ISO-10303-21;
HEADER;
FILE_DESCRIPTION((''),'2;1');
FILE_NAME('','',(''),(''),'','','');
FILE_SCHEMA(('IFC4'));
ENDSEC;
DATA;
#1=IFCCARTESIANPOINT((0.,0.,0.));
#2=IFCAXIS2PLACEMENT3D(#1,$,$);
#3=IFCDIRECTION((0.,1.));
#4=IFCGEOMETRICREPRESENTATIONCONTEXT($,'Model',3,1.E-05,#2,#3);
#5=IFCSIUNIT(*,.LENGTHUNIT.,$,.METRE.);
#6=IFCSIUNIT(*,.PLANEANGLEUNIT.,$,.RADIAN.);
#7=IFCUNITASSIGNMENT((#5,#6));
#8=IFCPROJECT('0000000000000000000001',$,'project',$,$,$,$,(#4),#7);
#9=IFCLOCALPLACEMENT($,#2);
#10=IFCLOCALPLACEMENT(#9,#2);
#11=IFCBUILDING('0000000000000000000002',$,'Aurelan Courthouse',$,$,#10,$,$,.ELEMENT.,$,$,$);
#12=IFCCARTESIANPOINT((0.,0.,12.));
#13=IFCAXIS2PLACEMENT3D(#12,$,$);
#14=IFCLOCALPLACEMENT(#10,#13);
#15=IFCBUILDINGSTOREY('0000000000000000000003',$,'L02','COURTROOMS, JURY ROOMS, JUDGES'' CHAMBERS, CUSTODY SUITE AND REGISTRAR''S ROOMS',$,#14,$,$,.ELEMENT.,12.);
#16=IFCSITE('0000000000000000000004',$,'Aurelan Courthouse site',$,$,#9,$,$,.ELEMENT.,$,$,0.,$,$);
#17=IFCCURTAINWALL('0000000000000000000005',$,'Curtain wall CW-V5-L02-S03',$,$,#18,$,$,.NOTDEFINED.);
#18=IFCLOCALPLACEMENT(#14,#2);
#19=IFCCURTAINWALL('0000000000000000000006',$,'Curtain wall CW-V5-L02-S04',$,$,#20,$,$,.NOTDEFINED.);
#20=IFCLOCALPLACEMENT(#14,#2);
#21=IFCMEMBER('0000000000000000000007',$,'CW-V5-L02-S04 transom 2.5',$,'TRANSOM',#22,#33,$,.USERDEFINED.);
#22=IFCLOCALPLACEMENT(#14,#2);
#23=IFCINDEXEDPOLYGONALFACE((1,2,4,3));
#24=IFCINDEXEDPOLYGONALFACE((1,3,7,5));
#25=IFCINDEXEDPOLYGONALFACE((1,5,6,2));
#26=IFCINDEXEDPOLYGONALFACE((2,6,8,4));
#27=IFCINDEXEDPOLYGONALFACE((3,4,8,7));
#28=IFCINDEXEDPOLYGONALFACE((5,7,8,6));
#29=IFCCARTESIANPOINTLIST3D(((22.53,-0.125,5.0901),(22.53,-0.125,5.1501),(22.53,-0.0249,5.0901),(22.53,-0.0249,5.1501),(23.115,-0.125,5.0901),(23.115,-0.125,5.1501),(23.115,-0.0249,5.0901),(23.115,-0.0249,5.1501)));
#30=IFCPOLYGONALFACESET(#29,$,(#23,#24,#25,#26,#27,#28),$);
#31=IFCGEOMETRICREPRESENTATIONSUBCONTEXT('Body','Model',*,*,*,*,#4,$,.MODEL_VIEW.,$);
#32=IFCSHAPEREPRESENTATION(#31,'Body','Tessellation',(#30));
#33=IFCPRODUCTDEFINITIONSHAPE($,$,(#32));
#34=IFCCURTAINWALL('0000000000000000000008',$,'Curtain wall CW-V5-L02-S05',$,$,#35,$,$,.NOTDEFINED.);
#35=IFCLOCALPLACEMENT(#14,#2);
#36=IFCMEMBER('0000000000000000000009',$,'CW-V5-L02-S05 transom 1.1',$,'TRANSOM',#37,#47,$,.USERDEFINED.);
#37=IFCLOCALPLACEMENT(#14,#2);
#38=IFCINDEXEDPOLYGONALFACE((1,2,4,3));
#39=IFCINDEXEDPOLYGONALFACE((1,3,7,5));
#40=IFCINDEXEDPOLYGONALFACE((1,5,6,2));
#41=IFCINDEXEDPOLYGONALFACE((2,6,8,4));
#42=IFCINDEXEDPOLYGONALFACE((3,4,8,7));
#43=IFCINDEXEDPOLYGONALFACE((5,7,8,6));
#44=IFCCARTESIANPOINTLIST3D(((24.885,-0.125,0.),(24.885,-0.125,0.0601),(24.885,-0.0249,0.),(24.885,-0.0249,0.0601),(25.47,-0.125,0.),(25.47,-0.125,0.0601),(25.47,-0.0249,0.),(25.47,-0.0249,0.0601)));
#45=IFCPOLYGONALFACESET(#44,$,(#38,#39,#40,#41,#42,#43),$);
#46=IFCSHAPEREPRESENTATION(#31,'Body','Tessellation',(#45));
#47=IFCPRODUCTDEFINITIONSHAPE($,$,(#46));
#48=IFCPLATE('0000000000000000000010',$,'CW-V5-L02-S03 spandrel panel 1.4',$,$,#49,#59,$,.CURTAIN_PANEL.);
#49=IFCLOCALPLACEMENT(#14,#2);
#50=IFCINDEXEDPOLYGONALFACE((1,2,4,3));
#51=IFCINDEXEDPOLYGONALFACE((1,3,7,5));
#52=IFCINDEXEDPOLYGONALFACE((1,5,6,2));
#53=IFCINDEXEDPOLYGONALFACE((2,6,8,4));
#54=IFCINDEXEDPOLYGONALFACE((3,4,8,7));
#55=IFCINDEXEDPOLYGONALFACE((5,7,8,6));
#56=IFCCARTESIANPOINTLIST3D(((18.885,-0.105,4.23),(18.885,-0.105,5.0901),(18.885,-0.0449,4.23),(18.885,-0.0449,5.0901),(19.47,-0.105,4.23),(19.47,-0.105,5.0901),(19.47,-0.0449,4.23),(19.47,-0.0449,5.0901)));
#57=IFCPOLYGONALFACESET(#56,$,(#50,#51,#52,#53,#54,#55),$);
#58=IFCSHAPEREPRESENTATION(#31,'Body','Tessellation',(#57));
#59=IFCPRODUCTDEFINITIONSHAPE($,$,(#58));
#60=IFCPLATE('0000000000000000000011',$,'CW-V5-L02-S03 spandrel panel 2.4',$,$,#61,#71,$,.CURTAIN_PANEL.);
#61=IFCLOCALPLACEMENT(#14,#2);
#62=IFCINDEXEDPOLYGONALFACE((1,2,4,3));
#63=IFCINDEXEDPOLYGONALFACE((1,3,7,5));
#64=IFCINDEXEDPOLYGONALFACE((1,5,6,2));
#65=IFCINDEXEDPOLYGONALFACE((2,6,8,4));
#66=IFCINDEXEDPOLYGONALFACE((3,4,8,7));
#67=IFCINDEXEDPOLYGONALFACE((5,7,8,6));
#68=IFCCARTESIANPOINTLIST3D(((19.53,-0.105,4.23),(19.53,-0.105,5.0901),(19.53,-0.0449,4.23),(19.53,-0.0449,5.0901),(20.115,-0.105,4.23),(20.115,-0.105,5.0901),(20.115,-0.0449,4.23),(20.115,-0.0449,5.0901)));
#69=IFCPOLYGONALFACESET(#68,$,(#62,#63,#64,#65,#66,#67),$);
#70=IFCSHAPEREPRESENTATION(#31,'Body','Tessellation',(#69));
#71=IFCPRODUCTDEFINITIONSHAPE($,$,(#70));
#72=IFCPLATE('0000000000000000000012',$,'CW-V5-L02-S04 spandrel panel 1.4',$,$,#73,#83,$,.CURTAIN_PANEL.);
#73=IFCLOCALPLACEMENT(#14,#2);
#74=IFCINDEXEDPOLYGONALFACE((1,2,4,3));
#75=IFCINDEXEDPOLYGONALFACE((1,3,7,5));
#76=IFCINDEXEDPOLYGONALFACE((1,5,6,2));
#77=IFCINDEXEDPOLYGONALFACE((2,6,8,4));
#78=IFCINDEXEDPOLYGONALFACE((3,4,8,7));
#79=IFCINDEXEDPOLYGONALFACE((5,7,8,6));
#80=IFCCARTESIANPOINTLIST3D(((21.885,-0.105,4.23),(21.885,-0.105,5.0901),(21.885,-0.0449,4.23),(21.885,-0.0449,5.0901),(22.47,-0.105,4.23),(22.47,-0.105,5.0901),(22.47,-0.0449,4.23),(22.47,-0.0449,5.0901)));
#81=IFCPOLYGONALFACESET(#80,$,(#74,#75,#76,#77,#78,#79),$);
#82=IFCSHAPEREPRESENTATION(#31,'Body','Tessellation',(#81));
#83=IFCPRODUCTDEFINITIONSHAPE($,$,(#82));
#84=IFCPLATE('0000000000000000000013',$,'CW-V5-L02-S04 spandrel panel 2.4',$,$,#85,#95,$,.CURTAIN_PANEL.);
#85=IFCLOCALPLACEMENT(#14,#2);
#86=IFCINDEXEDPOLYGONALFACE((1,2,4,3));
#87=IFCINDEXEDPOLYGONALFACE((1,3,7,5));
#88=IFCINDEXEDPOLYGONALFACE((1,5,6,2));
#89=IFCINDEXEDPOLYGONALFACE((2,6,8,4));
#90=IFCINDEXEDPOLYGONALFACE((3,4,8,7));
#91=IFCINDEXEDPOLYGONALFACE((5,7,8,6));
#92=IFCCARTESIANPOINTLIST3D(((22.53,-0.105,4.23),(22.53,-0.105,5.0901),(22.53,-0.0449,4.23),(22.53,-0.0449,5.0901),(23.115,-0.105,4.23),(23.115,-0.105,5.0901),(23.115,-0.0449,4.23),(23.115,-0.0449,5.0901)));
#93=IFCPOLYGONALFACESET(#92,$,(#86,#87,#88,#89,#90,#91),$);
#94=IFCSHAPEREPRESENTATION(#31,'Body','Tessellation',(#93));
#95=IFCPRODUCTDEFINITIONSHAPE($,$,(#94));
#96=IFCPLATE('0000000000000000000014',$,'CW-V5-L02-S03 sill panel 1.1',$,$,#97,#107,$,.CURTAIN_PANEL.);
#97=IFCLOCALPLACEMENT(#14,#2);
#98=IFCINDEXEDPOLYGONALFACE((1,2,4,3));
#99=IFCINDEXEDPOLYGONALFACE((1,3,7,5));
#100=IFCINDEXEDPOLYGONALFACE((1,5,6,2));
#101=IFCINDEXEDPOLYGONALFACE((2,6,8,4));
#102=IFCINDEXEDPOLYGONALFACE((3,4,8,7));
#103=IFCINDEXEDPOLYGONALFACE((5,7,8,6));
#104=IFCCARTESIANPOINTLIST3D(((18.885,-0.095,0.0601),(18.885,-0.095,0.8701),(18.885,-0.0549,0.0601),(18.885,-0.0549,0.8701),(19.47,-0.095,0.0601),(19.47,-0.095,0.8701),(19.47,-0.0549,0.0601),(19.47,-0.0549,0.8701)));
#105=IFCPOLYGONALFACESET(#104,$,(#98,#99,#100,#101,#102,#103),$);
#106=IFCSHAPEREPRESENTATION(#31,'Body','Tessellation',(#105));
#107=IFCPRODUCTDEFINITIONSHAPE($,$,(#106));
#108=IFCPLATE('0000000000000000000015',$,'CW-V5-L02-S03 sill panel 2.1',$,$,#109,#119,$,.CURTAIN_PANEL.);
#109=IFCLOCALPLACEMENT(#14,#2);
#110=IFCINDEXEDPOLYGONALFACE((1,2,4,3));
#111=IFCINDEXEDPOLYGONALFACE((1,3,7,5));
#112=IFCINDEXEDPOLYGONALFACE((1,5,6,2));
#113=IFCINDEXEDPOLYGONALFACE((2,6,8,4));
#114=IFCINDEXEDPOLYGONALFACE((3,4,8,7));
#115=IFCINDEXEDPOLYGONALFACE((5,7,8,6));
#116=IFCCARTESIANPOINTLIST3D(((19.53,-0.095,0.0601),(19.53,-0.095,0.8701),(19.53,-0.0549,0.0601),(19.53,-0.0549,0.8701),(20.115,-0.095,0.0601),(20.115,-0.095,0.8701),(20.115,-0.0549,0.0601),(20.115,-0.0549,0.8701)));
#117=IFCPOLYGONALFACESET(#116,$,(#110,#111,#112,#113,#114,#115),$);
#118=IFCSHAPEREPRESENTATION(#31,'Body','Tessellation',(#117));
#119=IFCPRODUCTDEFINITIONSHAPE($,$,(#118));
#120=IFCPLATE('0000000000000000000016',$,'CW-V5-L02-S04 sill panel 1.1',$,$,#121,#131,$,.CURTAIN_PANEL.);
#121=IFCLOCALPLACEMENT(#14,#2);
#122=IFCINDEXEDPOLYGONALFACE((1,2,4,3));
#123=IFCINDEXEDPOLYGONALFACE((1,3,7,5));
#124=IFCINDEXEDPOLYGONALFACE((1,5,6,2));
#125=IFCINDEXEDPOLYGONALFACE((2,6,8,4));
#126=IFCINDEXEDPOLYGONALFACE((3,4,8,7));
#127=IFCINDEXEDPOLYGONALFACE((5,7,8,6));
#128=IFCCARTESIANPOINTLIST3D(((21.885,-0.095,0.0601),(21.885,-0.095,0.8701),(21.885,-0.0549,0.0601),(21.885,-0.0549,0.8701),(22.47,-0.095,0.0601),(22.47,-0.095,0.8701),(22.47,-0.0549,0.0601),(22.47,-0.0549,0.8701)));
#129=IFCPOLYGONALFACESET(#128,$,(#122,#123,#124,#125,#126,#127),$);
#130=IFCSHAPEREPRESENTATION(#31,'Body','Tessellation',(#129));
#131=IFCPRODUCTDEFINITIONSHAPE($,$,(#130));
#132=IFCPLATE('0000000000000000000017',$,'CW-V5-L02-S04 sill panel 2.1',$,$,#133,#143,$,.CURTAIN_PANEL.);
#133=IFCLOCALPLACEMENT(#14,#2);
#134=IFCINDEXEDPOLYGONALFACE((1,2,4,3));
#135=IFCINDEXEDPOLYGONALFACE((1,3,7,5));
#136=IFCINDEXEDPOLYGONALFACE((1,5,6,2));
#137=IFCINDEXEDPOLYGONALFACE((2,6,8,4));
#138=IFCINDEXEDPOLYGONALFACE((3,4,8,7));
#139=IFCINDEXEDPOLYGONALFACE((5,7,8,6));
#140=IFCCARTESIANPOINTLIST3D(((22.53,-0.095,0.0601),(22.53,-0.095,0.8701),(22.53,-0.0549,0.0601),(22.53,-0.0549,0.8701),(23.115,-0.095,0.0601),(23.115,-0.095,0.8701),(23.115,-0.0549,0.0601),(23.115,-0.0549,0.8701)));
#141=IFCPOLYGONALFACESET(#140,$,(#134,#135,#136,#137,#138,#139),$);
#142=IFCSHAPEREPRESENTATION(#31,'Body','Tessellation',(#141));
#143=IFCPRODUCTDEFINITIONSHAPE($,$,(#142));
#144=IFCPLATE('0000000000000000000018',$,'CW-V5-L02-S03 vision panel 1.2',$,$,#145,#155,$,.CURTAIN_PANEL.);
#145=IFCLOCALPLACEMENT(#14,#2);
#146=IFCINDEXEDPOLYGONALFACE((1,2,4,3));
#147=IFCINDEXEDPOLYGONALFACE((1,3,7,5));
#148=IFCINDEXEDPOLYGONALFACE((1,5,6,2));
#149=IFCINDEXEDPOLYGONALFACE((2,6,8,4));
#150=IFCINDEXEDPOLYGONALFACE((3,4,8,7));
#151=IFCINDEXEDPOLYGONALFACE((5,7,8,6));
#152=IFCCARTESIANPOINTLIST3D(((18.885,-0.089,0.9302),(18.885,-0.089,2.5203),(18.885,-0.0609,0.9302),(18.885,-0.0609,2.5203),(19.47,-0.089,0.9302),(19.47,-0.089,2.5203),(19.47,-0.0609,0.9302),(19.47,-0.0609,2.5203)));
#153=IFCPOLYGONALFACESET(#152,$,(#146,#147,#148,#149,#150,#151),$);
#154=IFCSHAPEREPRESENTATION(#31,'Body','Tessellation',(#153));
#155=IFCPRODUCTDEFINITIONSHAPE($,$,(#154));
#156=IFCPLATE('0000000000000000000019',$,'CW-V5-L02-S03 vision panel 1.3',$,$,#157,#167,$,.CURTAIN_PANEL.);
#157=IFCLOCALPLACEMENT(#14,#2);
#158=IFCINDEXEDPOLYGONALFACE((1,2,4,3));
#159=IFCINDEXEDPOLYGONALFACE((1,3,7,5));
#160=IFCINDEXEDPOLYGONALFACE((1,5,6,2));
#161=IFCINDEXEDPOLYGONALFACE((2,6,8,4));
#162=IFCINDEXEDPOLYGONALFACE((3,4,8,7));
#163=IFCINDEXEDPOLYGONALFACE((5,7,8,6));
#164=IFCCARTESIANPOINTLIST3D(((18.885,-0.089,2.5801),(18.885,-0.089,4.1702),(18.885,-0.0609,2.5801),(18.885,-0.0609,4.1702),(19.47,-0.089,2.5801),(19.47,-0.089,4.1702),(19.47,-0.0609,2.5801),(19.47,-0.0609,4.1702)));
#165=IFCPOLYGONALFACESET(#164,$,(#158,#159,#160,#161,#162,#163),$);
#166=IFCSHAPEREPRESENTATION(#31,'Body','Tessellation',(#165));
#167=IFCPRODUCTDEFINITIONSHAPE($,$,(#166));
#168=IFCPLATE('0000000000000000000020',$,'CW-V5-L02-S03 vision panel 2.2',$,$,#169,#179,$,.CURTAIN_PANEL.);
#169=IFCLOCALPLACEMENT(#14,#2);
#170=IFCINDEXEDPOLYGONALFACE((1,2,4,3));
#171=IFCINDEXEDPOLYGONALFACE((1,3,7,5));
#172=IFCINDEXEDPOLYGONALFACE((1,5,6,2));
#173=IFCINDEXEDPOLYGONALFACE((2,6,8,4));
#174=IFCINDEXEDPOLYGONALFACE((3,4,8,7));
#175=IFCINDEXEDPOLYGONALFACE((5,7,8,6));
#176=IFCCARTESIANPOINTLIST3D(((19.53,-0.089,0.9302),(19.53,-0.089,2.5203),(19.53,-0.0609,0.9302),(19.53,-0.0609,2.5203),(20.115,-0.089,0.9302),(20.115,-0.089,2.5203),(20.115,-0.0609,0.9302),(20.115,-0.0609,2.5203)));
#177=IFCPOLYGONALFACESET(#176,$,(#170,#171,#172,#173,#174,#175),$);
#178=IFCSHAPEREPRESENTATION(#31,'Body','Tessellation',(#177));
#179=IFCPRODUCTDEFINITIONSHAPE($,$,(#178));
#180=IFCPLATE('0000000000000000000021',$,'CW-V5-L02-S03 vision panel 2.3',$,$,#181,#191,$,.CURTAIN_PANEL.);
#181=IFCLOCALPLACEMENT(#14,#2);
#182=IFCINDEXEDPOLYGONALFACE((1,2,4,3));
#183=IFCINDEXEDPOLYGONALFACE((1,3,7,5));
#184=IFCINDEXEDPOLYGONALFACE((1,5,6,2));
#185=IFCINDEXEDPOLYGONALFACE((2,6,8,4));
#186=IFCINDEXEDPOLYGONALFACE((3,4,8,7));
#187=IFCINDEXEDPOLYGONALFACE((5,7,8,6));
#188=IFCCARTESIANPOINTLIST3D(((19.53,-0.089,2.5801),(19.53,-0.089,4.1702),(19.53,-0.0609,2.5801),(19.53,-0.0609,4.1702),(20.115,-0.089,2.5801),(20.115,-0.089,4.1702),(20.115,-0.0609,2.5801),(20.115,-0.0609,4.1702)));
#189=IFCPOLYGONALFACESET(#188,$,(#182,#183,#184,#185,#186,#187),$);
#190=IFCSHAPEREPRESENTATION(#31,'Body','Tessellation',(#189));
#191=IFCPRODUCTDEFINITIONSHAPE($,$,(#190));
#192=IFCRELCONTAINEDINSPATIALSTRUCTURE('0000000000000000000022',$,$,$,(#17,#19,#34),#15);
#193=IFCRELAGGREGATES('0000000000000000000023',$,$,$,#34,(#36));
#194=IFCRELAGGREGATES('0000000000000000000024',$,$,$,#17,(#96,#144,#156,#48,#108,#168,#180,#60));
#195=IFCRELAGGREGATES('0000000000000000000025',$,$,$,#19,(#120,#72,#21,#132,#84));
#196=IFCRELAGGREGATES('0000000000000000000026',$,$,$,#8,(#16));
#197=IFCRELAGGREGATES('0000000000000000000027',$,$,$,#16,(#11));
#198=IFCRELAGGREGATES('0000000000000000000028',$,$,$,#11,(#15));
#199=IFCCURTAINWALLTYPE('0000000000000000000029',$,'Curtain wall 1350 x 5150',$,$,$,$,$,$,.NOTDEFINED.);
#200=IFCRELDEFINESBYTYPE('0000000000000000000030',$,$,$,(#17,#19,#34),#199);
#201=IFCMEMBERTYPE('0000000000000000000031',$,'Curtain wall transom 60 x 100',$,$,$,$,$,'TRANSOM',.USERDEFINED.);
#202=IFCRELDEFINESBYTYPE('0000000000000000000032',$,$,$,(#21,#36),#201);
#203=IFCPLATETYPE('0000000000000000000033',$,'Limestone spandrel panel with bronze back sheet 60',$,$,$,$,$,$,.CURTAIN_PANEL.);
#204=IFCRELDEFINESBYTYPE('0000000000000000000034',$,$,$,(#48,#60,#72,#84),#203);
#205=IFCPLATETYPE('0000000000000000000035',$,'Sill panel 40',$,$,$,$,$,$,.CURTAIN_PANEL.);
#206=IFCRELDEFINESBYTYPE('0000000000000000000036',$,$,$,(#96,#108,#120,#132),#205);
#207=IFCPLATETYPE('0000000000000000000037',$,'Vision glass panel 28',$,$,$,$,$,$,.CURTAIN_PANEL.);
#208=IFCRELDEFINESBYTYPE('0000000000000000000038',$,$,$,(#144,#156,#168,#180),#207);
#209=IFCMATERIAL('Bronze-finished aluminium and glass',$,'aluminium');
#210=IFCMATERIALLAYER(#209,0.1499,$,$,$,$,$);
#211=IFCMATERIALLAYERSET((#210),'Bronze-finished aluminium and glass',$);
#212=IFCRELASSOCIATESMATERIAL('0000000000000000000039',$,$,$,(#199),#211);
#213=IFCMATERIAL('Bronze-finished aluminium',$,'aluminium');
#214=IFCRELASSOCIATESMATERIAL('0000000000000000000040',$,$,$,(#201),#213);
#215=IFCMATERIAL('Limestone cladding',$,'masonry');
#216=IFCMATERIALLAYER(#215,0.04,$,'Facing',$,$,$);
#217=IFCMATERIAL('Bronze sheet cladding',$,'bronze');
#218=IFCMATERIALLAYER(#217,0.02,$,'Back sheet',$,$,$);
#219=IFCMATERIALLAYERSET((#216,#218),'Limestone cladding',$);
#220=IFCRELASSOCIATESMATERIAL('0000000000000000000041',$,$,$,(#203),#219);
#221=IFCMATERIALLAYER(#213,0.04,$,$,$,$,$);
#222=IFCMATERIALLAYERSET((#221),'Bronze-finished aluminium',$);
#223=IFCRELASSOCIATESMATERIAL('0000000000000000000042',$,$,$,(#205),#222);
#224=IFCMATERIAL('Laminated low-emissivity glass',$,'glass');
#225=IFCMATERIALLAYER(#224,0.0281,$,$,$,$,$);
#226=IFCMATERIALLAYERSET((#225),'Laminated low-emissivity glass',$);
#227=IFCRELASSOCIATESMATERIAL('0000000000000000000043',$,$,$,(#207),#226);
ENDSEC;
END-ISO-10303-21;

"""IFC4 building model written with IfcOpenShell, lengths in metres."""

from ifc_helpers import new_model, si_unit, direction, frame, origin, origin_2d, place, context, subcontext, project, spatial, rectangle, extrude, material, layer, layer_set, material_profile, profile_set, type_object, element, aggregate, save


model = new_model("IFC4")

# Units and contexts
model_context = context("Model", 3, precision=1e-05, world=origin(), true_north=direction((0.0, 1.0)))
body_context = subcontext(model_context, "Body", "Model", "MODEL_VIEW")
ifc_project = project(units=[si_unit("LENGTHUNIT", "METRE"), si_unit("PLANEANGLEUNIT", "RADIAN")], contexts=[model_context])

# Site, building, storey
site_placement = place(None, origin())
site = spatial("IfcSite", under=ifc_project, at=site_placement, Name="Aurelan Courthouse site", CompositionType="ELEMENT", RefElevation=0.0)
building_placement = place(site_placement, origin())
building = spatial("IfcBuilding", under=site, at=building_placement, Name="Aurelan Courthouse", CompositionType="ELEMENT")
storey_placement = place(building_placement, frame((0.0, 0.0, 12.0)))
storey = spatial("IfcBuildingStorey", under=building, at=storey_placement, Name="L02", Description="COURTROOMS, JURY ROOMS, JUDGES' CHAMBERS, CUSTODY SUITE AND REGISTRAR'S ROOMS", CompositionType="ELEMENT", Elevation=12.0)

# Curtain walls, member
ifc_material_1 = material(Name="Bronze-finished aluminium and glass", Category="aluminium")
ifc_layer_1 = layer(ifc_material_1, 0.1499)
ifc_layer_set_1 = layer_set([ifc_layer_1], Name="Bronze-finished aluminium and glass")
curtain_wall_type = type_object("IfcCurtainWallType", Name="Curtain wall 1350 x 5150", PredefinedType="NOTDEFINED", material=ifc_layer_set_1)
curtain_wall_1_placement = place(storey_placement, origin())
curtain_wall_1 = element("IfcCurtainWall", 1, at=curtain_wall_1_placement, inside=storey, type_object=curtain_wall_type, Name="Curtain wall CW-V5-L02-S03", PredefinedType="NOTDEFINED")
ifc_material_2 = material(Name="Bronze-finished aluminium", Category="aluminium")
ifc_material_profile = material_profile(ifc_material_2, rectangle(XDim=0.1001, YDim=0.0601, at=origin_2d()), Name="Bronze transom 60 x 100")
ifc_profile_set = profile_set([ifc_material_profile], Name="Bronze-finished aluminium")
member_type = type_object("IfcMemberType", Name="Curtain wall transom 60 x 100", ElementType="TRANSOM", PredefinedType="USERDEFINED", material=ifc_profile_set)
curtain_wall_2_placement = place(storey_placement, origin())
curtain_wall_2 = element("IfcCurtainWall", 2, at=curtain_wall_2_placement, inside=storey, type_object=curtain_wall_type, Name="Curtain wall CW-V5-L02-S04", PredefinedType="NOTDEFINED")
member_1_placement = place(storey_placement, frame((22.53, -0.075, 5.1201), z_axis=(1.0, 0.0, 0.0), x_axis=(0.0, 1.0, 0.0)))
member_1 = element("IfcMember", 3, at=member_1_placement, type_object=member_type, Name="CW-V5-L02-S04 transom 2.5", ObjectType="TRANSOM", PredefinedType="USERDEFINED", context=body_context, shape_type="SweptSolid", body=[
    extrude(rectangle(XDim=0.1001, YDim=0.0601, at=origin_2d()), origin(), (0.0, 0.0, 1.0), 0.585),
])

# Curtain wall, member
curtain_wall_3_placement = place(storey_placement, origin())
curtain_wall_3 = element("IfcCurtainWall", 4, at=curtain_wall_3_placement, inside=storey, type_object=curtain_wall_type, Name="Curtain wall CW-V5-L02-S05", PredefinedType="NOTDEFINED")
member_2_placement = place(storey_placement, frame((24.885, -0.075, 0.03), z_axis=(1.0, 0.0, 0.0), x_axis=(0.0, 1.0, 0.0)))
member_2 = element("IfcMember", 5, at=member_2_placement, type_object=member_type, Name="CW-V5-L02-S05 transom 1.1", ObjectType="TRANSOM", PredefinedType="USERDEFINED", context=body_context, shape_type="SweptSolid", body=[
    extrude(rectangle(XDim=0.1001, YDim=0.0601, at=origin_2d()), origin(), (0.0, 0.0, 1.0), 0.585),
])
aggregate(curtain_wall_3, [member_2])

# Plates
ifc_material_3 = material(Name="Limestone cladding", Category="masonry")
ifc_layer_2 = layer(ifc_material_3, 0.04, Name="Facing")
ifc_material_4 = material(Name="Bronze sheet cladding", Category="bronze")
ifc_layer_3 = layer(ifc_material_4, 0.02, Name="Back sheet")
ifc_layer_set_2 = layer_set([ifc_layer_2, ifc_layer_3], Name="Limestone cladding")
plate_type_1 = type_object("IfcPlateType", Name="Limestone spandrel panel with bronze back sheet 60", PredefinedType="CURTAIN_PANEL", material=ifc_layer_set_2)
plate_1_placement = place(storey_placement, frame((19.1775, -0.075, 4.23), z_axis=(0.0, 0.0, 1.0), x_axis=(1.0, 0.0, 0.0)))
plate_1 = element("IfcPlate", 6, at=plate_1_placement, type_object=plate_type_1, Name="CW-V5-L02-S03 spandrel panel 1.4", PredefinedType="CURTAIN_PANEL", context=body_context, shape_type="SweptSolid", body=[
    extrude(rectangle(XDim=0.585, YDim=0.0601, at=origin_2d()), origin(), (0.0, 0.0, 1.0), 0.8601),
])
plate_2_placement = place(storey_placement, frame((19.8225, -0.075, 4.23), z_axis=(0.0, 0.0, 1.0), x_axis=(1.0, 0.0, 0.0)))
plate_2 = element("IfcPlate", 7, at=plate_2_placement, type_object=plate_type_1, Name="CW-V5-L02-S03 spandrel panel 2.4", PredefinedType="CURTAIN_PANEL", context=body_context, shape_type="SweptSolid", body=[
    extrude(rectangle(XDim=0.585, YDim=0.0601, at=origin_2d()), origin(), (0.0, 0.0, 1.0), 0.8601),
])
plate_3_placement = place(storey_placement, frame((22.1775, -0.075, 4.23), z_axis=(0.0, 0.0, 1.0), x_axis=(1.0, 0.0, 0.0)))
plate_3 = element("IfcPlate", 8, at=plate_3_placement, type_object=plate_type_1, Name="CW-V5-L02-S04 spandrel panel 1.4", PredefinedType="CURTAIN_PANEL", context=body_context, shape_type="SweptSolid", body=[
    extrude(rectangle(XDim=0.585, YDim=0.0601, at=origin_2d()), origin(), (0.0, 0.0, 1.0), 0.8601),
])
plate_4_placement = place(storey_placement, frame((22.8225, -0.075, 4.23), z_axis=(0.0, 0.0, 1.0), x_axis=(1.0, 0.0, 0.0)))
plate_4 = element("IfcPlate", 9, at=plate_4_placement, type_object=plate_type_1, Name="CW-V5-L02-S04 spandrel panel 2.4", PredefinedType="CURTAIN_PANEL", context=body_context, shape_type="SweptSolid", body=[
    extrude(rectangle(XDim=0.585, YDim=0.0601, at=origin_2d()), origin(), (0.0, 0.0, 1.0), 0.8601),
])
ifc_layer_4 = layer(ifc_material_2, 0.04)
ifc_layer_set_3 = layer_set([ifc_layer_4], Name="Bronze-finished aluminium")
plate_type_2 = type_object("IfcPlateType", Name="Sill panel 40", PredefinedType="CURTAIN_PANEL", material=ifc_layer_set_3)
plate_5_placement = place(storey_placement, frame((19.1775, -0.075, 0.0601), z_axis=(0.0, 0.0, 1.0), x_axis=(1.0, 0.0, 0.0)))
plate_5 = element("IfcPlate", 10, at=plate_5_placement, type_object=plate_type_2, Name="CW-V5-L02-S03 sill panel 1.1", PredefinedType="CURTAIN_PANEL", context=body_context, shape_type="SweptSolid", body=[
    extrude(rectangle(XDim=0.585, YDim=0.04, at=origin_2d()), origin(), (0.0, 0.0, 1.0), 0.8101),
])
plate_6_placement = place(storey_placement, frame((19.8225, -0.075, 0.0601), z_axis=(0.0, 0.0, 1.0), x_axis=(1.0, 0.0, 0.0)))
plate_6 = element("IfcPlate", 11, at=plate_6_placement, type_object=plate_type_2, Name="CW-V5-L02-S03 sill panel 2.1", PredefinedType="CURTAIN_PANEL", context=body_context, shape_type="SweptSolid", body=[
    extrude(rectangle(XDim=0.585, YDim=0.04, at=origin_2d()), origin(), (0.0, 0.0, 1.0), 0.8101),
])
plate_7_placement = place(storey_placement, frame((22.1775, -0.075, 0.0601), z_axis=(0.0, 0.0, 1.0), x_axis=(1.0, 0.0, 0.0)))
plate_7 = element("IfcPlate", 12, at=plate_7_placement, type_object=plate_type_2, Name="CW-V5-L02-S04 sill panel 1.1", PredefinedType="CURTAIN_PANEL", context=body_context, shape_type="SweptSolid", body=[
    extrude(rectangle(XDim=0.585, YDim=0.04, at=origin_2d()), origin(), (0.0, 0.0, 1.0), 0.8101),
])
plate_8_placement = place(storey_placement, frame((22.8225, -0.075, 0.0601), z_axis=(0.0, 0.0, 1.0), x_axis=(1.0, 0.0, 0.0)))
plate_8 = element("IfcPlate", 13, at=plate_8_placement, type_object=plate_type_2, Name="CW-V5-L02-S04 sill panel 2.1", PredefinedType="CURTAIN_PANEL", context=body_context, shape_type="SweptSolid", body=[
    extrude(rectangle(XDim=0.585, YDim=0.04, at=origin_2d()), origin(), (0.0, 0.0, 1.0), 0.8101),
])
ifc_material_5 = material(Name="Laminated low-emissivity glass", Category="glass")
ifc_layer_5 = layer(ifc_material_5, 0.0281)
ifc_layer_set_4 = layer_set([ifc_layer_5], Name="Laminated low-emissivity glass")
plate_type_3 = type_object("IfcPlateType", Name="Vision glass panel 28", PredefinedType="CURTAIN_PANEL", material=ifc_layer_set_4)
plate_9_placement = place(storey_placement, frame((19.1775, -0.075, 0.9302), z_axis=(0.0, 0.0, 1.0), x_axis=(1.0, 0.0, 0.0)))
plate_9 = element("IfcPlate", 14, at=plate_9_placement, type_object=plate_type_3, Name="CW-V5-L02-S03 vision panel 1.2", PredefinedType="CURTAIN_PANEL", context=body_context, shape_type="SweptSolid", body=[
    extrude(rectangle(XDim=0.585, YDim=0.0281, at=origin_2d()), origin(), (0.0, 0.0, 1.0), 1.5901),
])
plate_10_placement = place(storey_placement, frame((19.1775, -0.075, 2.5801), z_axis=(0.0, 0.0, 1.0), x_axis=(1.0, 0.0, 0.0)))
plate_10 = element("IfcPlate", 15, at=plate_10_placement, type_object=plate_type_3, Name="CW-V5-L02-S03 vision panel 1.3", PredefinedType="CURTAIN_PANEL", context=body_context, shape_type="SweptSolid", body=[
    extrude(rectangle(XDim=0.585, YDim=0.0281, at=origin_2d()), origin(), (0.0, 0.0, 1.0), 1.5901),
])
plate_11_placement = place(storey_placement, frame((19.8225, -0.075, 0.9302), z_axis=(0.0, 0.0, 1.0), x_axis=(1.0, 0.0, 0.0)))
plate_11 = element("IfcPlate", 16, at=plate_11_placement, type_object=plate_type_3, Name="CW-V5-L02-S03 vision panel 2.2", PredefinedType="CURTAIN_PANEL", context=body_context, shape_type="SweptSolid", body=[
    extrude(rectangle(XDim=0.585, YDim=0.0281, at=origin_2d()), origin(), (0.0, 0.0, 1.0), 1.5901),
])
plate_12_placement = place(storey_placement, frame((19.8225, -0.075, 2.5801), z_axis=(0.0, 0.0, 1.0), x_axis=(1.0, 0.0, 0.0)))
plate_12 = element("IfcPlate", 17, at=plate_12_placement, type_object=plate_type_3, Name="CW-V5-L02-S03 vision panel 2.3", PredefinedType="CURTAIN_PANEL", context=body_context, shape_type="SweptSolid", body=[
    extrude(rectangle(XDim=0.585, YDim=0.0281, at=origin_2d()), origin(), (0.0, 0.0, 1.0), 1.5901),
])
aggregate(curtain_wall_1, [plate_5, plate_9, plate_10, plate_1, plate_6, plate_11, plate_12, plate_2])
aggregate(curtain_wall_2, [plate_7, plate_3, member_1, plate_8, plate_4])

save(model, "model.ifc")
